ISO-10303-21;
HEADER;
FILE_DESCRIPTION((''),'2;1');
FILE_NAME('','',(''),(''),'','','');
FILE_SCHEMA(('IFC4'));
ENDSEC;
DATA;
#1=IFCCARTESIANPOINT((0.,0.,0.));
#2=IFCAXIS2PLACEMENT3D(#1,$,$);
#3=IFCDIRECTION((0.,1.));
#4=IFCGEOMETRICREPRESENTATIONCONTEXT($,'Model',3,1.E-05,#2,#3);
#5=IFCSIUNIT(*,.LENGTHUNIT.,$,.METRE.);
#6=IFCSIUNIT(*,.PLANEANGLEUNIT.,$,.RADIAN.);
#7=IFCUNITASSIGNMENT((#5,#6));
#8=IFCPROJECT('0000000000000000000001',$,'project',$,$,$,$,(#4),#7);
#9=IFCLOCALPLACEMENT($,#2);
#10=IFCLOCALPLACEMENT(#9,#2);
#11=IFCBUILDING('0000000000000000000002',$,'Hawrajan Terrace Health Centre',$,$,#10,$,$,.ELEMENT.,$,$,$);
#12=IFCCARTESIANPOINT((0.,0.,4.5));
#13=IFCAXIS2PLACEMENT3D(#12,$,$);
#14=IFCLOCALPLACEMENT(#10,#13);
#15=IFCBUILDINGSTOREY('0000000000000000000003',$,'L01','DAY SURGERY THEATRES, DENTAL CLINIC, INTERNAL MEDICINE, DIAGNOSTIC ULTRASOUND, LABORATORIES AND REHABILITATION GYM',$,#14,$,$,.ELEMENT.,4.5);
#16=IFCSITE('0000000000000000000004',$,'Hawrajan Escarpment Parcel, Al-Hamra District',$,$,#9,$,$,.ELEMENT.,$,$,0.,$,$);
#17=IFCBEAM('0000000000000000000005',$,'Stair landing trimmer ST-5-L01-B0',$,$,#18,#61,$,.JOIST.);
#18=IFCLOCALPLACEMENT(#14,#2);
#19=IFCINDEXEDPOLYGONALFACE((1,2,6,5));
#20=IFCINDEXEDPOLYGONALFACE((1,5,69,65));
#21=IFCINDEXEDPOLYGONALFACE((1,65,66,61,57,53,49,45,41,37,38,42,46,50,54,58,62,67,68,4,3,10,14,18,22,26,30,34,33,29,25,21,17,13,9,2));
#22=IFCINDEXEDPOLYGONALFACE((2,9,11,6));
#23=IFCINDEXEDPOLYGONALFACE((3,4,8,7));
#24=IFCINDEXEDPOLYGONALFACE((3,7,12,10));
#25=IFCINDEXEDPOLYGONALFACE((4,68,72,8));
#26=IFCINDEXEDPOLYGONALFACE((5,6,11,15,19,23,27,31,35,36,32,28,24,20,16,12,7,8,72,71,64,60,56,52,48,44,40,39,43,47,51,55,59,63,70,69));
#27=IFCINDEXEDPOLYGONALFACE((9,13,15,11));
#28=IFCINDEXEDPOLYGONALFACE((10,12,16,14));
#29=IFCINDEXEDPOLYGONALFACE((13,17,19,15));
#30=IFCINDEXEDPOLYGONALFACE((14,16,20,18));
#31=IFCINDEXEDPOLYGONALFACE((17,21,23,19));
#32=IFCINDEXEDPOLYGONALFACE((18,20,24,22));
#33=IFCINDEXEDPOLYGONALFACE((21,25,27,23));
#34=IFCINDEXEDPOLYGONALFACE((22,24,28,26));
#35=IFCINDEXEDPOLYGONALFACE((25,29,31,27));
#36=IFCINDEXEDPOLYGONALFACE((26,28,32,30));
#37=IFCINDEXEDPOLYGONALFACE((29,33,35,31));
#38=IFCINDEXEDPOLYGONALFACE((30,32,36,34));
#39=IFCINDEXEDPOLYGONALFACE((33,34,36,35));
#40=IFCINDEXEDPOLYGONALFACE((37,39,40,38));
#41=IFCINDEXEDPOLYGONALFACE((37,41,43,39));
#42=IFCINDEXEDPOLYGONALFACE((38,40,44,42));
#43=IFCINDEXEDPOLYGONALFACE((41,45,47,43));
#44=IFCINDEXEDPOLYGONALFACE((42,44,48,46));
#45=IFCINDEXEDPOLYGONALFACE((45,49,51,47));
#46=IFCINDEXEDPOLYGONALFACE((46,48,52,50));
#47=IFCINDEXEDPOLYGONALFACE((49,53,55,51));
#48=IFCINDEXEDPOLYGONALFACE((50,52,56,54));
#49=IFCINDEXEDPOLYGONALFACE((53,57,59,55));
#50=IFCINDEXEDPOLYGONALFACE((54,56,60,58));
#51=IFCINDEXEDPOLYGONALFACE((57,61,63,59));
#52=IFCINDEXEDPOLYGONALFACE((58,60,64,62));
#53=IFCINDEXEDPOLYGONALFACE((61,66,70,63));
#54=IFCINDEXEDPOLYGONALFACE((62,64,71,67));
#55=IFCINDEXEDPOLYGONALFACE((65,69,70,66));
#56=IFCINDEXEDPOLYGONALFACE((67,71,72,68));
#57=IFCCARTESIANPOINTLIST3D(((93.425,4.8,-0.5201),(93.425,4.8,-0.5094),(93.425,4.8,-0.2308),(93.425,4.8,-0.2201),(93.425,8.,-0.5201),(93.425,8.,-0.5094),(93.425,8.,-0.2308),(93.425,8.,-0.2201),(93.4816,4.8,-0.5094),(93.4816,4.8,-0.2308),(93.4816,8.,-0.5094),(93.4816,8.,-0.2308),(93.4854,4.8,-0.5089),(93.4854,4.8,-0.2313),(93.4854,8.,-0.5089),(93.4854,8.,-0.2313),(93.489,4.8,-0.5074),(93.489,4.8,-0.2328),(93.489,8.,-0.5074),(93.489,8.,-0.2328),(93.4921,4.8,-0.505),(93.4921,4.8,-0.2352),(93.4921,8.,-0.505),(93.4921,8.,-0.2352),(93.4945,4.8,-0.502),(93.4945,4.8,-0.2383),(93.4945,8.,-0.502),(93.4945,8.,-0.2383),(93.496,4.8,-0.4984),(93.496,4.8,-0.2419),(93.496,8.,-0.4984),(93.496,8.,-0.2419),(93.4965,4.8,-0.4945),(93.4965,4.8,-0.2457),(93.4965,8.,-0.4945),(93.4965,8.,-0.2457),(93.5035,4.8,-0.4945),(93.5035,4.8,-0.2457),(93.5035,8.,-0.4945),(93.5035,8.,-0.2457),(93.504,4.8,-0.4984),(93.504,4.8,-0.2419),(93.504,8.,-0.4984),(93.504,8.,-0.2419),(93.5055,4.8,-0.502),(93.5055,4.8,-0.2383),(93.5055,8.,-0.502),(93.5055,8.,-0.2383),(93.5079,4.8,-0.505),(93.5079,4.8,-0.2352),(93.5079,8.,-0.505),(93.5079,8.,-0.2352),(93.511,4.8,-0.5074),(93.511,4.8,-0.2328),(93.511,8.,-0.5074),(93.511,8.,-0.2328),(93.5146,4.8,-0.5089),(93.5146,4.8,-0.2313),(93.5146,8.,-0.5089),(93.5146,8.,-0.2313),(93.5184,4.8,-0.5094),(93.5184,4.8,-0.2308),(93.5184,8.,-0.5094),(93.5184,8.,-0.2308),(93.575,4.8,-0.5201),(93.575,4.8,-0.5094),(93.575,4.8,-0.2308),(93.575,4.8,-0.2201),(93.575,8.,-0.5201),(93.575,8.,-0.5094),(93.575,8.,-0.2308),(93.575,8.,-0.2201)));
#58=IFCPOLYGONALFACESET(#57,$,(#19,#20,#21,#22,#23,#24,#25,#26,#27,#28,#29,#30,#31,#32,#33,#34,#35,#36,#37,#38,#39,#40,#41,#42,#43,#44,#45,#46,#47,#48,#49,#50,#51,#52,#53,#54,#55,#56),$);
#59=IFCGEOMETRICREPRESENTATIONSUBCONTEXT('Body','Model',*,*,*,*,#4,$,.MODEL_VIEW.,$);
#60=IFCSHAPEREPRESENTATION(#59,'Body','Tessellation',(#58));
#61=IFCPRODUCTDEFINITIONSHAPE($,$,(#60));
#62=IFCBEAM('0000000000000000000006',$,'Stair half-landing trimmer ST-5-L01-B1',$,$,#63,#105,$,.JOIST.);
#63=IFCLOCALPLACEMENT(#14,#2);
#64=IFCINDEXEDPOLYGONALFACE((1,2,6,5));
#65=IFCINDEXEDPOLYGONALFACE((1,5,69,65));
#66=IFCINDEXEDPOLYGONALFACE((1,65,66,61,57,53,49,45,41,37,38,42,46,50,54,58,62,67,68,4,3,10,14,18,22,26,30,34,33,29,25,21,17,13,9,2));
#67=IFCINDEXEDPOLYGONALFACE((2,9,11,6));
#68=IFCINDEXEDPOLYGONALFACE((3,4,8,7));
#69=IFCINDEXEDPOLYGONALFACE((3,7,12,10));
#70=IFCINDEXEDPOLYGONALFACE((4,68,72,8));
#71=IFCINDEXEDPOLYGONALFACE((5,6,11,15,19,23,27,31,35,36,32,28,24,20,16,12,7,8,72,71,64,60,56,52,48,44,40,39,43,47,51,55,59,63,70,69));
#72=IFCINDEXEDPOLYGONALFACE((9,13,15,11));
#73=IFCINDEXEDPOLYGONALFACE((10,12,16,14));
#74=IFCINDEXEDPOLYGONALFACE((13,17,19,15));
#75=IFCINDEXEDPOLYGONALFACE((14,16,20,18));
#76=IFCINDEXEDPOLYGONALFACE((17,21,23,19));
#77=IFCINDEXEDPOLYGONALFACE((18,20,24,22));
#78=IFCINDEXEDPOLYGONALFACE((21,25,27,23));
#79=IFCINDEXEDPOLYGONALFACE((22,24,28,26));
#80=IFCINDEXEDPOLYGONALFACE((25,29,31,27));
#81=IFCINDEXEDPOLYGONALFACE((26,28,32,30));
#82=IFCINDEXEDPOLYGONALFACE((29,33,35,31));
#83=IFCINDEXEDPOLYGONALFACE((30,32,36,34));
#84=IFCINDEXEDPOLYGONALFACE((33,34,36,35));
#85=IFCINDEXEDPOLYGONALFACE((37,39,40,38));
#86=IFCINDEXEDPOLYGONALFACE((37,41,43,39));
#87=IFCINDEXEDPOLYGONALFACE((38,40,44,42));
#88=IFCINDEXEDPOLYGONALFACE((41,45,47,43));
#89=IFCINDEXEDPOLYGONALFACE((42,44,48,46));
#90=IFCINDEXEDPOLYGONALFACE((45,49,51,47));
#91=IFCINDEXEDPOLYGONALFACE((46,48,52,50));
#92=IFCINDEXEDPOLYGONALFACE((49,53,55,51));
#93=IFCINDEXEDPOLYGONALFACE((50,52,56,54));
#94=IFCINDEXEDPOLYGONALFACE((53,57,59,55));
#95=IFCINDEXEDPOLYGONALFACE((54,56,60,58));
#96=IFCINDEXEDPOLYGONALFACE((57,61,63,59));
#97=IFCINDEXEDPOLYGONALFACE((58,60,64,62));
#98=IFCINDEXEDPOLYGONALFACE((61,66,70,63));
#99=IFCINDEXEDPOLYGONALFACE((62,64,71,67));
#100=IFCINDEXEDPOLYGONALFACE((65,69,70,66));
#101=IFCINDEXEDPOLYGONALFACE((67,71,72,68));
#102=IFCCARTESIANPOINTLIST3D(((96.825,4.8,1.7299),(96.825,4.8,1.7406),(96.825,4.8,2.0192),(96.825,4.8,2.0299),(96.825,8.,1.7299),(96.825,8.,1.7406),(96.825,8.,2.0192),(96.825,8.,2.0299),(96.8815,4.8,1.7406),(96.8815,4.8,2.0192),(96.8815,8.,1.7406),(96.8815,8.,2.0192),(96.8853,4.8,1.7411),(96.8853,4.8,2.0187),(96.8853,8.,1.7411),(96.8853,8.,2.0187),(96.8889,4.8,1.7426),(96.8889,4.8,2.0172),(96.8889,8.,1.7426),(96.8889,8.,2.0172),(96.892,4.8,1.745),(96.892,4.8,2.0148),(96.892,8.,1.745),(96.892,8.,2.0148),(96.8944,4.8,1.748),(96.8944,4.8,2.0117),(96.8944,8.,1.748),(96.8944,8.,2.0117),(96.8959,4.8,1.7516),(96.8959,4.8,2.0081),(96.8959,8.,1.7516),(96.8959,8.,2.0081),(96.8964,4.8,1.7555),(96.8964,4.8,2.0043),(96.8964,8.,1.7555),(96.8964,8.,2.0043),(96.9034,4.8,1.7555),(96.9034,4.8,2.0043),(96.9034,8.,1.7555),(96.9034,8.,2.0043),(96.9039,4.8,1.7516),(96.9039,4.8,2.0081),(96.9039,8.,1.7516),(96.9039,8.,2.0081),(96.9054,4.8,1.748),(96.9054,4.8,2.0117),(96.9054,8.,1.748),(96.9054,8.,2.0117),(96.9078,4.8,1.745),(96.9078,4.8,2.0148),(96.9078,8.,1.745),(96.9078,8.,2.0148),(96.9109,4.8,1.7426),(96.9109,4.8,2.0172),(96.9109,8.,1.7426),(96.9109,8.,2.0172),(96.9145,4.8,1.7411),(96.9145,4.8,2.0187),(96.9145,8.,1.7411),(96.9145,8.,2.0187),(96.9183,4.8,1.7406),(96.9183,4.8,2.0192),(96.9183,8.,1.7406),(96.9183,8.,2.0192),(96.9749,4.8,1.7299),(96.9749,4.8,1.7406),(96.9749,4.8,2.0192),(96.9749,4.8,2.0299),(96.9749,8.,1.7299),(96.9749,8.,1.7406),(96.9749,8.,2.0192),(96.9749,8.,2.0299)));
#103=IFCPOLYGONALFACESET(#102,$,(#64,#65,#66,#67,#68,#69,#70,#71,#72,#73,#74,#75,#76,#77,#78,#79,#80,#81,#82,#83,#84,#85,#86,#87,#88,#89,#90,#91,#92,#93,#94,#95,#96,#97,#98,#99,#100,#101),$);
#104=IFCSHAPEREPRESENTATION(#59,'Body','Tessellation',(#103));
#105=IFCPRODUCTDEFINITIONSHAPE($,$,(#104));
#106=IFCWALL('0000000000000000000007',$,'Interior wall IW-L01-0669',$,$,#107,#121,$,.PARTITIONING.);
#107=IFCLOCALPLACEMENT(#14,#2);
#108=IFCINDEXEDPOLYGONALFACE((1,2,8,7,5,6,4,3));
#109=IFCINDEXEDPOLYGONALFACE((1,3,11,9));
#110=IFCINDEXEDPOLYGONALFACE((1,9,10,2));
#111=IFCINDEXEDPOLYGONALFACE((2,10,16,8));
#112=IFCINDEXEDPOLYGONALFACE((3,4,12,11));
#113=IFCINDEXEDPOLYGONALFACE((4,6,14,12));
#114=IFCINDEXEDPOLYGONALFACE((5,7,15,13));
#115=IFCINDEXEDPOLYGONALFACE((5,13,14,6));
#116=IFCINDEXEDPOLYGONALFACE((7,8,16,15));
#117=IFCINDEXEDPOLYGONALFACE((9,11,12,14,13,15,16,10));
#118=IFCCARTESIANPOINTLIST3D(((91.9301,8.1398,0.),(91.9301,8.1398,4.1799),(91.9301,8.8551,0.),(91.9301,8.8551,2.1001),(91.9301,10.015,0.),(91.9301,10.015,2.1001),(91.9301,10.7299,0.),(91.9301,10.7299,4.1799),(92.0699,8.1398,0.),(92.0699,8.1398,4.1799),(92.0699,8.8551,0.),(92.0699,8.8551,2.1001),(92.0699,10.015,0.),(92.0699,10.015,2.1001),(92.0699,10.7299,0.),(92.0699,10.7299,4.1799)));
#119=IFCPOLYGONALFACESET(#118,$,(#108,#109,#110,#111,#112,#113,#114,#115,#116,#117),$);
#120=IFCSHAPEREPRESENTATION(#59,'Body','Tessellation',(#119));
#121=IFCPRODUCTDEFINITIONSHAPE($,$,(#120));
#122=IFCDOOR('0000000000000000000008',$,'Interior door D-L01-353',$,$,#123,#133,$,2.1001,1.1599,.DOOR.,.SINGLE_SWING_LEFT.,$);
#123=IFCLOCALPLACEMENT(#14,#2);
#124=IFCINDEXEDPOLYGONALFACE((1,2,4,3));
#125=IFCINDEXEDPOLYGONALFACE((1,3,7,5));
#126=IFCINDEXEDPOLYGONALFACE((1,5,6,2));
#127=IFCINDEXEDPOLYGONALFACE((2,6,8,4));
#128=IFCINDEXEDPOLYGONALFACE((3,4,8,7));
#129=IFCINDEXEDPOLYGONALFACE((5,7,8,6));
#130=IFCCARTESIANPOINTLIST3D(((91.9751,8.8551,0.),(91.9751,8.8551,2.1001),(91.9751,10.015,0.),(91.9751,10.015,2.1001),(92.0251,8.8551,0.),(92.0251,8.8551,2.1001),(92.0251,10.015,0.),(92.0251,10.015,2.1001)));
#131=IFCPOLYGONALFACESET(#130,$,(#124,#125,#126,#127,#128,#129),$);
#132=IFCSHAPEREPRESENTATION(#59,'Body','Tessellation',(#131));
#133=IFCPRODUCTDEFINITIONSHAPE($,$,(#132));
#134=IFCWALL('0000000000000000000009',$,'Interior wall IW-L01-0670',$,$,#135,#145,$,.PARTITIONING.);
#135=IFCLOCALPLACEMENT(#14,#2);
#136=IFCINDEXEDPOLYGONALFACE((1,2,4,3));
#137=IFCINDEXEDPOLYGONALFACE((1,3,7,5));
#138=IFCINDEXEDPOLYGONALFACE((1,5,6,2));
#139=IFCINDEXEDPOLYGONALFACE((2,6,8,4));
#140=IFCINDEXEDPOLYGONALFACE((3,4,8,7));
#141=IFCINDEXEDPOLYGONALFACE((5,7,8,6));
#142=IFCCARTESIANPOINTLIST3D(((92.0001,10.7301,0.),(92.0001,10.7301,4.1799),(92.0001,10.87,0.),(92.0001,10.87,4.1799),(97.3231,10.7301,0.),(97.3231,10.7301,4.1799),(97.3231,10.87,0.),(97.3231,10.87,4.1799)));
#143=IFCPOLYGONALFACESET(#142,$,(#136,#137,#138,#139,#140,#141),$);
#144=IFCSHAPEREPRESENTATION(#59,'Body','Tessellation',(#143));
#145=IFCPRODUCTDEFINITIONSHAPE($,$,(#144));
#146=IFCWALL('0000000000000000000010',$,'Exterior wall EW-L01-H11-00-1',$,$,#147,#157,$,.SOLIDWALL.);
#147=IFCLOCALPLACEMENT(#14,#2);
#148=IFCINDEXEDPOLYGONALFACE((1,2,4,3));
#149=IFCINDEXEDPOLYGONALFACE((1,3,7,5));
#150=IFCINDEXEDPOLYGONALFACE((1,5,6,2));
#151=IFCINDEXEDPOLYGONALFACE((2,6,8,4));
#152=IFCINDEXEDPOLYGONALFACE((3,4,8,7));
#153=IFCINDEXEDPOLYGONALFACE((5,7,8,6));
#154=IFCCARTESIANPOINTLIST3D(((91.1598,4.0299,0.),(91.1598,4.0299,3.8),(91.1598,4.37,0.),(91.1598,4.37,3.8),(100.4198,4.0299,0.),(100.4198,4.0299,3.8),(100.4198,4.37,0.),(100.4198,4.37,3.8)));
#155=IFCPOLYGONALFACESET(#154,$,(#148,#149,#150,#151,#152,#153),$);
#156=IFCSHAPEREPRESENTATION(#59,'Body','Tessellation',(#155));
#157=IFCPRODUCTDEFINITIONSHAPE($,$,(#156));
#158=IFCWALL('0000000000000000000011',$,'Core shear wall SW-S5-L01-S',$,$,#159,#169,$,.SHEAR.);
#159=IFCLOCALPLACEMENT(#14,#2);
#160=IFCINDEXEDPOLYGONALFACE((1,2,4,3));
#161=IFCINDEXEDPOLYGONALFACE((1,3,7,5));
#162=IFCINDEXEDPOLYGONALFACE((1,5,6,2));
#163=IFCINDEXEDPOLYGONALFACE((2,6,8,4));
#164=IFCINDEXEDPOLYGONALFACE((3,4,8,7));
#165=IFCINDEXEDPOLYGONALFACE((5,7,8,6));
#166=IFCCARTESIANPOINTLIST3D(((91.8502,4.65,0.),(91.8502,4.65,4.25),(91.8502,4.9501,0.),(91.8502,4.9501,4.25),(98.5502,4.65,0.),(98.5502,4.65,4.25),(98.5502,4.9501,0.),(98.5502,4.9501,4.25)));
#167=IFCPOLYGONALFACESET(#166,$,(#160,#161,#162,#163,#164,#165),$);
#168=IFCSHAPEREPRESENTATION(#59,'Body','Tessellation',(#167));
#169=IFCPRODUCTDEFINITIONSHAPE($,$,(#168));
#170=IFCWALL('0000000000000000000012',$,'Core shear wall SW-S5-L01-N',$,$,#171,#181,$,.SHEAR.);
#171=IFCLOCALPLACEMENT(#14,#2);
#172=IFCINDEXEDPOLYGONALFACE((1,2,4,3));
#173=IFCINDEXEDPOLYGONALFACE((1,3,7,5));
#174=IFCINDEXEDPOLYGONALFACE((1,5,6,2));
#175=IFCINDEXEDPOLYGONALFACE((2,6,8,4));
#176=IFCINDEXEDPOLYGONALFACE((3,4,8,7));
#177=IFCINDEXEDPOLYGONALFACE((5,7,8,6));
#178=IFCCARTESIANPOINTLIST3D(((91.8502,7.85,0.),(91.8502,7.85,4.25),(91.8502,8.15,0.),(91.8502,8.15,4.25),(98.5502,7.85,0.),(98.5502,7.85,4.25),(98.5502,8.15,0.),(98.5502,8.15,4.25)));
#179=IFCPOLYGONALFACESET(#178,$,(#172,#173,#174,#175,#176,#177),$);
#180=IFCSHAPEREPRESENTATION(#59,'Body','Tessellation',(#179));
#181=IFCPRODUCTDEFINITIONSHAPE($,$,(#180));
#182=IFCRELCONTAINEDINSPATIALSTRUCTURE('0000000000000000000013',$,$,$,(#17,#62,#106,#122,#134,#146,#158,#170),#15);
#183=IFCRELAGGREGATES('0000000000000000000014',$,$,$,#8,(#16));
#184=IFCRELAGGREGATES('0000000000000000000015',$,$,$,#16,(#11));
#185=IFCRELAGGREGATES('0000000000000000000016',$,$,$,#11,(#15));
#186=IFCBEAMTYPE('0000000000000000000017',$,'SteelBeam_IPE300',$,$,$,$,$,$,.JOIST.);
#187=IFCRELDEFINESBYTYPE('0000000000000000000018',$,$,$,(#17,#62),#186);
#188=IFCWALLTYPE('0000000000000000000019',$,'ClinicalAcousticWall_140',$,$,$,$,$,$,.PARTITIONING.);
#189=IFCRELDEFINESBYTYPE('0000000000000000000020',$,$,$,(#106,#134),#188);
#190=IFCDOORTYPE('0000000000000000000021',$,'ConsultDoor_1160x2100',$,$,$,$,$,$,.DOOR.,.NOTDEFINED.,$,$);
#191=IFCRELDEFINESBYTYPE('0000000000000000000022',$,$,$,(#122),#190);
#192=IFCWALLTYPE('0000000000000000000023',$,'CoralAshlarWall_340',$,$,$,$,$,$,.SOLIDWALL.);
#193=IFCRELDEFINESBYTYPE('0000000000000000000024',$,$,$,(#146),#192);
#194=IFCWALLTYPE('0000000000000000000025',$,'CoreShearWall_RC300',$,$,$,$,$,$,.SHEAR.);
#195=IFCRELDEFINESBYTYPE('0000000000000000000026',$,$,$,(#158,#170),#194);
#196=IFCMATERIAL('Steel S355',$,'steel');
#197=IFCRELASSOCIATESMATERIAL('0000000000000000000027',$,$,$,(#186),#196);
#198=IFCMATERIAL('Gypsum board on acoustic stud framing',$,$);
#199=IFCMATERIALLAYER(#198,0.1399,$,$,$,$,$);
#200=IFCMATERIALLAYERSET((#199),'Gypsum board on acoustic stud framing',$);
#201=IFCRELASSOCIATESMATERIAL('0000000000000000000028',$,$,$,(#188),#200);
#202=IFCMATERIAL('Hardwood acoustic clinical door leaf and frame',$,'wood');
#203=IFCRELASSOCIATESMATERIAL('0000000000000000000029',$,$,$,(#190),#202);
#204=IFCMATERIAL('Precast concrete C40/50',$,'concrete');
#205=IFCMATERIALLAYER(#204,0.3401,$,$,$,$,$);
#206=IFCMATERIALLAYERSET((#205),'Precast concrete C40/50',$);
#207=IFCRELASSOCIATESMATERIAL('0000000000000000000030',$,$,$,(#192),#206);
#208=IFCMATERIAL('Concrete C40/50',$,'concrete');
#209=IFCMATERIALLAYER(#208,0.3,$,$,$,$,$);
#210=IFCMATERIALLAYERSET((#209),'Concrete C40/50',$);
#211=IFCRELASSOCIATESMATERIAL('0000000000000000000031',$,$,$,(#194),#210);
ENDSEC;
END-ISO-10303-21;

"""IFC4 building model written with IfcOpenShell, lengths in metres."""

from ifc_helpers import new_model, si_unit, direction, frame, frame_2d, origin, origin_2d, place, context, subcontext, project, spatial, rectangle, i_section, extrude, material, layer, layer_set, material_profile, profile_set, type_object, element, fill, save


model = new_model("IFC4")

# Units and contexts
model_context = context("Model", 3, precision=1e-05, world=origin(), true_north=direction((0.0, 1.0)))
body_context = subcontext(model_context, "Body", "Model", "MODEL_VIEW")
ifc_project = project(units=[si_unit("LENGTHUNIT", "METRE"), si_unit("PLANEANGLEUNIT", "RADIAN")], contexts=[model_context])

# Site, building, storey
site_placement = place(None, origin())
site = spatial("IfcSite", under=ifc_project, at=site_placement, Name="Hawrajan Escarpment Parcel, Al-Hamra District", CompositionType="ELEMENT", RefElevation=0.0)
building_placement = place(site_placement, origin())
building = spatial("IfcBuilding", under=site, at=building_placement, Name="Hawrajan Terrace Health Centre", CompositionType="ELEMENT")
storey_placement = place(building_placement, frame((0.0, 0.0, 4.5)))
storey = spatial("IfcBuildingStorey", under=building, at=storey_placement, Name="L01", Description="DAY SURGERY THEATRES, DENTAL CLINIC, INTERNAL MEDICINE, DIAGNOSTIC ULTRASOUND, LABORATORIES AND REHABILITATION GYM", CompositionType="ELEMENT", Elevation=4.5)

# Beams
ifc_material_1 = material(Name="Concrete C40/50", Category="concrete")
ifc_material_2 = material(Name="Steel S355", Category="steel")
ifc_material_profile_1 = material_profile(ifc_material_2, i_section(OverallWidth=0.1499, OverallDepth=0.3, WebThickness=0.0071, FlangeThickness=0.0107, FilletRadius=0.0149, at=origin_2d()), Name="IPE 300")
ifc_profile_set_1 = profile_set([ifc_material_profile_1], Name="Steel S355")
beam_type_1 = type_object("IfcBeamType", Name="SteelBeam_IPE300", PredefinedType="JOIST", material=ifc_profile_set_1)
for number, where, z_axis, x_axis, name in (
    (1, (93.5, 4.8, -0.3701), (0.0, 1.0, 0.0), (-1.0, 0.0, 0.0), "Stair landing trimmer ST-5-L01-B0"),
    (2, (96.8999, 4.8, 1.8799), (0.0, 1.0, 0.0), (-1.0, 0.0, 0.0), "Stair half-landing trimmer ST-5-L01-B1"),
):
    element("IfcBeam", number, at=place(storey_placement, frame(where, z_axis=z_axis, x_axis=x_axis)), inside=storey, type_object=beam_type_1, Name=name, PredefinedType="JOIST", context=body_context, shape_type="SweptSolid", body=[
        extrude(i_section(OverallWidth=0.1499, OverallDepth=0.3, WebThickness=0.0071, FlangeThickness=0.0107, FilletRadius=0.0149, at=origin_2d()), origin(), (0.0, 0.0, 1.0), 3.2),
    ])

# Wall, opening, door
ifc_material_3 = material(Name="Gypsum board on acoustic stud framing")
ifc_layer_1 = layer(ifc_material_3, 0.1399)
ifc_layer_set_1 = layer_set([ifc_layer_1], Name="Gypsum board on acoustic stud framing")
wall_type_1 = type_object("IfcWallType", Name="ClinicalAcousticWall_140", PredefinedType="PARTITIONING", material=ifc_layer_set_1)
wall_1_placement = place(storey_placement, frame((92.0, 8.1399, 0.0), z_axis=(0.0, 0.0, 1.0), x_axis=(0.0, 1.0, 0.0)))
wall_1 = element("IfcWall", 3, at=wall_1_placement, inside=storey, type_object=wall_type_1, Name="Interior wall IW-L01-0669", PredefinedType="PARTITIONING", context=body_context, shape_type="SweptSolid", body=[
    extrude(rectangle(XDim=2.5901, YDim=0.1399, at=frame_2d((1.2949, 0.0))), origin(), (0.0, 0.0, 1.0), 4.1799),
])
opening_1_placement = place(wall_1_placement, frame((0.7151, 0.0, 0.0)))
opening_1 = element("IfcOpeningElement", 4, at=opening_1_placement, cuts=wall_1, PredefinedType="OPENING", context=body_context, shape_type="SweptSolid", body=[
    extrude(rectangle(XDim=1.1599, YDim=2.1001, at=frame_2d((0.5801, 1.05))), frame((0.0, 0.0798, 0.0), z_axis=(0.0, -1.0, 0.0), x_axis=(1.0, 0.0, 0.0)), (0.0, 0.0, 1.0), 0.1599),
])
ifc_material_4 = material(Name="Hardwood acoustic clinical door leaf and frame", Category="wood")
door_type_1 = type_object("IfcDoorType", Name="ConsultDoor_1160x2100", OperationType="NOTDEFINED", PredefinedType="DOOR", material=ifc_material_4)
door_1_placement = place(opening_1_placement, origin())
door_1 = element("IfcDoor", 5, at=door_1_placement, inside=storey, type_object=door_type_1, Name="Interior door D-L01-353", OperationType="SINGLE_SWING_LEFT", OverallHeight=2.1001, OverallWidth=1.1599, PredefinedType="DOOR", context=body_context, shape_type="SweptSolid", body=[
    extrude(rectangle(XDim=1.1599, YDim=2.1001, at=frame_2d((0.5801, 1.05))), frame((0.0, 0.0249, 0.0), z_axis=(0.0, -1.0, 0.0), x_axis=(1.0, 0.0, 0.0)), (0.0, 0.0, 1.0), 0.05),
])
fill(opening_1, door_1)

# Walls
wall_2_placement = place(storey_placement, frame((92.0, 10.8, 0.0), z_axis=(0.0, 0.0, 1.0), x_axis=(1.0, 0.0, 0.0)))
element("IfcWall", 6, at=wall_2_placement, inside=storey, type_object=wall_type_1, Name="Interior wall IW-L01-0670", PredefinedType="PARTITIONING", context=body_context, shape_type="SweptSolid", body=[
    extrude(rectangle(XDim=5.323, YDim=0.1399, at=frame_2d((2.6616, 0.0))), origin(), (0.0, 0.0, 1.0), 4.1799),
])
ifc_material_5 = material(Name="Precast concrete C40/50", Category="concrete")
ifc_layer_2 = layer(ifc_material_5, 0.3401)
ifc_layer_set_2 = layer_set([ifc_layer_2], Name="Precast concrete C40/50")
wall_type_2 = type_object("IfcWallType", Name="CoralAshlarWall_340", PredefinedType="SOLIDWALL", material=ifc_layer_set_2)
wall_3_placement = place(storey_placement, frame((91.1599, 4.2, 0.0), z_axis=(0.0, 0.0, 1.0), x_axis=(1.0, 0.0, 0.0)))
element("IfcWall", 7, at=wall_3_placement, inside=storey, type_object=wall_type_2, Name="Exterior wall EW-L01-H11-00-1", PredefinedType="SOLIDWALL", context=body_context, shape_type="SweptSolid", body=[
    extrude(rectangle(XDim=9.26, YDim=0.3401, at=frame_2d((4.6299, 0.0))), origin(), (0.0, 0.0, 1.0), 3.8),
])
ifc_layer_3 = layer(ifc_material_1, 0.3)
ifc_layer_set_3 = layer_set([ifc_layer_3], Name="Concrete C40/50")
wall_type_3 = type_object("IfcWallType", Name="CoreShearWall_RC300", PredefinedType="SHEAR", material=ifc_layer_set_3)
for number, where, z_axis, x_axis, name in (
    (8, (91.8501, 4.8, 0.0), (0.0, 0.0, 1.0), (1.0, 0.0, 0.0), "Core shear wall SW-S5-L01-S"),
    (9, (91.8501, 8.0, 0.0), (0.0, 0.0, 1.0), (1.0, 0.0, 0.0), "Core shear wall SW-S5-L01-N"),
):
    element("IfcWall", number, at=place(storey_placement, frame(where, z_axis=z_axis, x_axis=x_axis)), inside=storey, type_object=wall_type_3, Name=name, PredefinedType="SHEAR", context=body_context, shape_type="SweptSolid", body=[
        extrude(rectangle(XDim=6.7, YDim=0.3, at=frame_2d((3.3501, 0.0))), origin(), (0.0, 0.0, 1.0), 4.25),
    ])

save(model, "model.ifc")
